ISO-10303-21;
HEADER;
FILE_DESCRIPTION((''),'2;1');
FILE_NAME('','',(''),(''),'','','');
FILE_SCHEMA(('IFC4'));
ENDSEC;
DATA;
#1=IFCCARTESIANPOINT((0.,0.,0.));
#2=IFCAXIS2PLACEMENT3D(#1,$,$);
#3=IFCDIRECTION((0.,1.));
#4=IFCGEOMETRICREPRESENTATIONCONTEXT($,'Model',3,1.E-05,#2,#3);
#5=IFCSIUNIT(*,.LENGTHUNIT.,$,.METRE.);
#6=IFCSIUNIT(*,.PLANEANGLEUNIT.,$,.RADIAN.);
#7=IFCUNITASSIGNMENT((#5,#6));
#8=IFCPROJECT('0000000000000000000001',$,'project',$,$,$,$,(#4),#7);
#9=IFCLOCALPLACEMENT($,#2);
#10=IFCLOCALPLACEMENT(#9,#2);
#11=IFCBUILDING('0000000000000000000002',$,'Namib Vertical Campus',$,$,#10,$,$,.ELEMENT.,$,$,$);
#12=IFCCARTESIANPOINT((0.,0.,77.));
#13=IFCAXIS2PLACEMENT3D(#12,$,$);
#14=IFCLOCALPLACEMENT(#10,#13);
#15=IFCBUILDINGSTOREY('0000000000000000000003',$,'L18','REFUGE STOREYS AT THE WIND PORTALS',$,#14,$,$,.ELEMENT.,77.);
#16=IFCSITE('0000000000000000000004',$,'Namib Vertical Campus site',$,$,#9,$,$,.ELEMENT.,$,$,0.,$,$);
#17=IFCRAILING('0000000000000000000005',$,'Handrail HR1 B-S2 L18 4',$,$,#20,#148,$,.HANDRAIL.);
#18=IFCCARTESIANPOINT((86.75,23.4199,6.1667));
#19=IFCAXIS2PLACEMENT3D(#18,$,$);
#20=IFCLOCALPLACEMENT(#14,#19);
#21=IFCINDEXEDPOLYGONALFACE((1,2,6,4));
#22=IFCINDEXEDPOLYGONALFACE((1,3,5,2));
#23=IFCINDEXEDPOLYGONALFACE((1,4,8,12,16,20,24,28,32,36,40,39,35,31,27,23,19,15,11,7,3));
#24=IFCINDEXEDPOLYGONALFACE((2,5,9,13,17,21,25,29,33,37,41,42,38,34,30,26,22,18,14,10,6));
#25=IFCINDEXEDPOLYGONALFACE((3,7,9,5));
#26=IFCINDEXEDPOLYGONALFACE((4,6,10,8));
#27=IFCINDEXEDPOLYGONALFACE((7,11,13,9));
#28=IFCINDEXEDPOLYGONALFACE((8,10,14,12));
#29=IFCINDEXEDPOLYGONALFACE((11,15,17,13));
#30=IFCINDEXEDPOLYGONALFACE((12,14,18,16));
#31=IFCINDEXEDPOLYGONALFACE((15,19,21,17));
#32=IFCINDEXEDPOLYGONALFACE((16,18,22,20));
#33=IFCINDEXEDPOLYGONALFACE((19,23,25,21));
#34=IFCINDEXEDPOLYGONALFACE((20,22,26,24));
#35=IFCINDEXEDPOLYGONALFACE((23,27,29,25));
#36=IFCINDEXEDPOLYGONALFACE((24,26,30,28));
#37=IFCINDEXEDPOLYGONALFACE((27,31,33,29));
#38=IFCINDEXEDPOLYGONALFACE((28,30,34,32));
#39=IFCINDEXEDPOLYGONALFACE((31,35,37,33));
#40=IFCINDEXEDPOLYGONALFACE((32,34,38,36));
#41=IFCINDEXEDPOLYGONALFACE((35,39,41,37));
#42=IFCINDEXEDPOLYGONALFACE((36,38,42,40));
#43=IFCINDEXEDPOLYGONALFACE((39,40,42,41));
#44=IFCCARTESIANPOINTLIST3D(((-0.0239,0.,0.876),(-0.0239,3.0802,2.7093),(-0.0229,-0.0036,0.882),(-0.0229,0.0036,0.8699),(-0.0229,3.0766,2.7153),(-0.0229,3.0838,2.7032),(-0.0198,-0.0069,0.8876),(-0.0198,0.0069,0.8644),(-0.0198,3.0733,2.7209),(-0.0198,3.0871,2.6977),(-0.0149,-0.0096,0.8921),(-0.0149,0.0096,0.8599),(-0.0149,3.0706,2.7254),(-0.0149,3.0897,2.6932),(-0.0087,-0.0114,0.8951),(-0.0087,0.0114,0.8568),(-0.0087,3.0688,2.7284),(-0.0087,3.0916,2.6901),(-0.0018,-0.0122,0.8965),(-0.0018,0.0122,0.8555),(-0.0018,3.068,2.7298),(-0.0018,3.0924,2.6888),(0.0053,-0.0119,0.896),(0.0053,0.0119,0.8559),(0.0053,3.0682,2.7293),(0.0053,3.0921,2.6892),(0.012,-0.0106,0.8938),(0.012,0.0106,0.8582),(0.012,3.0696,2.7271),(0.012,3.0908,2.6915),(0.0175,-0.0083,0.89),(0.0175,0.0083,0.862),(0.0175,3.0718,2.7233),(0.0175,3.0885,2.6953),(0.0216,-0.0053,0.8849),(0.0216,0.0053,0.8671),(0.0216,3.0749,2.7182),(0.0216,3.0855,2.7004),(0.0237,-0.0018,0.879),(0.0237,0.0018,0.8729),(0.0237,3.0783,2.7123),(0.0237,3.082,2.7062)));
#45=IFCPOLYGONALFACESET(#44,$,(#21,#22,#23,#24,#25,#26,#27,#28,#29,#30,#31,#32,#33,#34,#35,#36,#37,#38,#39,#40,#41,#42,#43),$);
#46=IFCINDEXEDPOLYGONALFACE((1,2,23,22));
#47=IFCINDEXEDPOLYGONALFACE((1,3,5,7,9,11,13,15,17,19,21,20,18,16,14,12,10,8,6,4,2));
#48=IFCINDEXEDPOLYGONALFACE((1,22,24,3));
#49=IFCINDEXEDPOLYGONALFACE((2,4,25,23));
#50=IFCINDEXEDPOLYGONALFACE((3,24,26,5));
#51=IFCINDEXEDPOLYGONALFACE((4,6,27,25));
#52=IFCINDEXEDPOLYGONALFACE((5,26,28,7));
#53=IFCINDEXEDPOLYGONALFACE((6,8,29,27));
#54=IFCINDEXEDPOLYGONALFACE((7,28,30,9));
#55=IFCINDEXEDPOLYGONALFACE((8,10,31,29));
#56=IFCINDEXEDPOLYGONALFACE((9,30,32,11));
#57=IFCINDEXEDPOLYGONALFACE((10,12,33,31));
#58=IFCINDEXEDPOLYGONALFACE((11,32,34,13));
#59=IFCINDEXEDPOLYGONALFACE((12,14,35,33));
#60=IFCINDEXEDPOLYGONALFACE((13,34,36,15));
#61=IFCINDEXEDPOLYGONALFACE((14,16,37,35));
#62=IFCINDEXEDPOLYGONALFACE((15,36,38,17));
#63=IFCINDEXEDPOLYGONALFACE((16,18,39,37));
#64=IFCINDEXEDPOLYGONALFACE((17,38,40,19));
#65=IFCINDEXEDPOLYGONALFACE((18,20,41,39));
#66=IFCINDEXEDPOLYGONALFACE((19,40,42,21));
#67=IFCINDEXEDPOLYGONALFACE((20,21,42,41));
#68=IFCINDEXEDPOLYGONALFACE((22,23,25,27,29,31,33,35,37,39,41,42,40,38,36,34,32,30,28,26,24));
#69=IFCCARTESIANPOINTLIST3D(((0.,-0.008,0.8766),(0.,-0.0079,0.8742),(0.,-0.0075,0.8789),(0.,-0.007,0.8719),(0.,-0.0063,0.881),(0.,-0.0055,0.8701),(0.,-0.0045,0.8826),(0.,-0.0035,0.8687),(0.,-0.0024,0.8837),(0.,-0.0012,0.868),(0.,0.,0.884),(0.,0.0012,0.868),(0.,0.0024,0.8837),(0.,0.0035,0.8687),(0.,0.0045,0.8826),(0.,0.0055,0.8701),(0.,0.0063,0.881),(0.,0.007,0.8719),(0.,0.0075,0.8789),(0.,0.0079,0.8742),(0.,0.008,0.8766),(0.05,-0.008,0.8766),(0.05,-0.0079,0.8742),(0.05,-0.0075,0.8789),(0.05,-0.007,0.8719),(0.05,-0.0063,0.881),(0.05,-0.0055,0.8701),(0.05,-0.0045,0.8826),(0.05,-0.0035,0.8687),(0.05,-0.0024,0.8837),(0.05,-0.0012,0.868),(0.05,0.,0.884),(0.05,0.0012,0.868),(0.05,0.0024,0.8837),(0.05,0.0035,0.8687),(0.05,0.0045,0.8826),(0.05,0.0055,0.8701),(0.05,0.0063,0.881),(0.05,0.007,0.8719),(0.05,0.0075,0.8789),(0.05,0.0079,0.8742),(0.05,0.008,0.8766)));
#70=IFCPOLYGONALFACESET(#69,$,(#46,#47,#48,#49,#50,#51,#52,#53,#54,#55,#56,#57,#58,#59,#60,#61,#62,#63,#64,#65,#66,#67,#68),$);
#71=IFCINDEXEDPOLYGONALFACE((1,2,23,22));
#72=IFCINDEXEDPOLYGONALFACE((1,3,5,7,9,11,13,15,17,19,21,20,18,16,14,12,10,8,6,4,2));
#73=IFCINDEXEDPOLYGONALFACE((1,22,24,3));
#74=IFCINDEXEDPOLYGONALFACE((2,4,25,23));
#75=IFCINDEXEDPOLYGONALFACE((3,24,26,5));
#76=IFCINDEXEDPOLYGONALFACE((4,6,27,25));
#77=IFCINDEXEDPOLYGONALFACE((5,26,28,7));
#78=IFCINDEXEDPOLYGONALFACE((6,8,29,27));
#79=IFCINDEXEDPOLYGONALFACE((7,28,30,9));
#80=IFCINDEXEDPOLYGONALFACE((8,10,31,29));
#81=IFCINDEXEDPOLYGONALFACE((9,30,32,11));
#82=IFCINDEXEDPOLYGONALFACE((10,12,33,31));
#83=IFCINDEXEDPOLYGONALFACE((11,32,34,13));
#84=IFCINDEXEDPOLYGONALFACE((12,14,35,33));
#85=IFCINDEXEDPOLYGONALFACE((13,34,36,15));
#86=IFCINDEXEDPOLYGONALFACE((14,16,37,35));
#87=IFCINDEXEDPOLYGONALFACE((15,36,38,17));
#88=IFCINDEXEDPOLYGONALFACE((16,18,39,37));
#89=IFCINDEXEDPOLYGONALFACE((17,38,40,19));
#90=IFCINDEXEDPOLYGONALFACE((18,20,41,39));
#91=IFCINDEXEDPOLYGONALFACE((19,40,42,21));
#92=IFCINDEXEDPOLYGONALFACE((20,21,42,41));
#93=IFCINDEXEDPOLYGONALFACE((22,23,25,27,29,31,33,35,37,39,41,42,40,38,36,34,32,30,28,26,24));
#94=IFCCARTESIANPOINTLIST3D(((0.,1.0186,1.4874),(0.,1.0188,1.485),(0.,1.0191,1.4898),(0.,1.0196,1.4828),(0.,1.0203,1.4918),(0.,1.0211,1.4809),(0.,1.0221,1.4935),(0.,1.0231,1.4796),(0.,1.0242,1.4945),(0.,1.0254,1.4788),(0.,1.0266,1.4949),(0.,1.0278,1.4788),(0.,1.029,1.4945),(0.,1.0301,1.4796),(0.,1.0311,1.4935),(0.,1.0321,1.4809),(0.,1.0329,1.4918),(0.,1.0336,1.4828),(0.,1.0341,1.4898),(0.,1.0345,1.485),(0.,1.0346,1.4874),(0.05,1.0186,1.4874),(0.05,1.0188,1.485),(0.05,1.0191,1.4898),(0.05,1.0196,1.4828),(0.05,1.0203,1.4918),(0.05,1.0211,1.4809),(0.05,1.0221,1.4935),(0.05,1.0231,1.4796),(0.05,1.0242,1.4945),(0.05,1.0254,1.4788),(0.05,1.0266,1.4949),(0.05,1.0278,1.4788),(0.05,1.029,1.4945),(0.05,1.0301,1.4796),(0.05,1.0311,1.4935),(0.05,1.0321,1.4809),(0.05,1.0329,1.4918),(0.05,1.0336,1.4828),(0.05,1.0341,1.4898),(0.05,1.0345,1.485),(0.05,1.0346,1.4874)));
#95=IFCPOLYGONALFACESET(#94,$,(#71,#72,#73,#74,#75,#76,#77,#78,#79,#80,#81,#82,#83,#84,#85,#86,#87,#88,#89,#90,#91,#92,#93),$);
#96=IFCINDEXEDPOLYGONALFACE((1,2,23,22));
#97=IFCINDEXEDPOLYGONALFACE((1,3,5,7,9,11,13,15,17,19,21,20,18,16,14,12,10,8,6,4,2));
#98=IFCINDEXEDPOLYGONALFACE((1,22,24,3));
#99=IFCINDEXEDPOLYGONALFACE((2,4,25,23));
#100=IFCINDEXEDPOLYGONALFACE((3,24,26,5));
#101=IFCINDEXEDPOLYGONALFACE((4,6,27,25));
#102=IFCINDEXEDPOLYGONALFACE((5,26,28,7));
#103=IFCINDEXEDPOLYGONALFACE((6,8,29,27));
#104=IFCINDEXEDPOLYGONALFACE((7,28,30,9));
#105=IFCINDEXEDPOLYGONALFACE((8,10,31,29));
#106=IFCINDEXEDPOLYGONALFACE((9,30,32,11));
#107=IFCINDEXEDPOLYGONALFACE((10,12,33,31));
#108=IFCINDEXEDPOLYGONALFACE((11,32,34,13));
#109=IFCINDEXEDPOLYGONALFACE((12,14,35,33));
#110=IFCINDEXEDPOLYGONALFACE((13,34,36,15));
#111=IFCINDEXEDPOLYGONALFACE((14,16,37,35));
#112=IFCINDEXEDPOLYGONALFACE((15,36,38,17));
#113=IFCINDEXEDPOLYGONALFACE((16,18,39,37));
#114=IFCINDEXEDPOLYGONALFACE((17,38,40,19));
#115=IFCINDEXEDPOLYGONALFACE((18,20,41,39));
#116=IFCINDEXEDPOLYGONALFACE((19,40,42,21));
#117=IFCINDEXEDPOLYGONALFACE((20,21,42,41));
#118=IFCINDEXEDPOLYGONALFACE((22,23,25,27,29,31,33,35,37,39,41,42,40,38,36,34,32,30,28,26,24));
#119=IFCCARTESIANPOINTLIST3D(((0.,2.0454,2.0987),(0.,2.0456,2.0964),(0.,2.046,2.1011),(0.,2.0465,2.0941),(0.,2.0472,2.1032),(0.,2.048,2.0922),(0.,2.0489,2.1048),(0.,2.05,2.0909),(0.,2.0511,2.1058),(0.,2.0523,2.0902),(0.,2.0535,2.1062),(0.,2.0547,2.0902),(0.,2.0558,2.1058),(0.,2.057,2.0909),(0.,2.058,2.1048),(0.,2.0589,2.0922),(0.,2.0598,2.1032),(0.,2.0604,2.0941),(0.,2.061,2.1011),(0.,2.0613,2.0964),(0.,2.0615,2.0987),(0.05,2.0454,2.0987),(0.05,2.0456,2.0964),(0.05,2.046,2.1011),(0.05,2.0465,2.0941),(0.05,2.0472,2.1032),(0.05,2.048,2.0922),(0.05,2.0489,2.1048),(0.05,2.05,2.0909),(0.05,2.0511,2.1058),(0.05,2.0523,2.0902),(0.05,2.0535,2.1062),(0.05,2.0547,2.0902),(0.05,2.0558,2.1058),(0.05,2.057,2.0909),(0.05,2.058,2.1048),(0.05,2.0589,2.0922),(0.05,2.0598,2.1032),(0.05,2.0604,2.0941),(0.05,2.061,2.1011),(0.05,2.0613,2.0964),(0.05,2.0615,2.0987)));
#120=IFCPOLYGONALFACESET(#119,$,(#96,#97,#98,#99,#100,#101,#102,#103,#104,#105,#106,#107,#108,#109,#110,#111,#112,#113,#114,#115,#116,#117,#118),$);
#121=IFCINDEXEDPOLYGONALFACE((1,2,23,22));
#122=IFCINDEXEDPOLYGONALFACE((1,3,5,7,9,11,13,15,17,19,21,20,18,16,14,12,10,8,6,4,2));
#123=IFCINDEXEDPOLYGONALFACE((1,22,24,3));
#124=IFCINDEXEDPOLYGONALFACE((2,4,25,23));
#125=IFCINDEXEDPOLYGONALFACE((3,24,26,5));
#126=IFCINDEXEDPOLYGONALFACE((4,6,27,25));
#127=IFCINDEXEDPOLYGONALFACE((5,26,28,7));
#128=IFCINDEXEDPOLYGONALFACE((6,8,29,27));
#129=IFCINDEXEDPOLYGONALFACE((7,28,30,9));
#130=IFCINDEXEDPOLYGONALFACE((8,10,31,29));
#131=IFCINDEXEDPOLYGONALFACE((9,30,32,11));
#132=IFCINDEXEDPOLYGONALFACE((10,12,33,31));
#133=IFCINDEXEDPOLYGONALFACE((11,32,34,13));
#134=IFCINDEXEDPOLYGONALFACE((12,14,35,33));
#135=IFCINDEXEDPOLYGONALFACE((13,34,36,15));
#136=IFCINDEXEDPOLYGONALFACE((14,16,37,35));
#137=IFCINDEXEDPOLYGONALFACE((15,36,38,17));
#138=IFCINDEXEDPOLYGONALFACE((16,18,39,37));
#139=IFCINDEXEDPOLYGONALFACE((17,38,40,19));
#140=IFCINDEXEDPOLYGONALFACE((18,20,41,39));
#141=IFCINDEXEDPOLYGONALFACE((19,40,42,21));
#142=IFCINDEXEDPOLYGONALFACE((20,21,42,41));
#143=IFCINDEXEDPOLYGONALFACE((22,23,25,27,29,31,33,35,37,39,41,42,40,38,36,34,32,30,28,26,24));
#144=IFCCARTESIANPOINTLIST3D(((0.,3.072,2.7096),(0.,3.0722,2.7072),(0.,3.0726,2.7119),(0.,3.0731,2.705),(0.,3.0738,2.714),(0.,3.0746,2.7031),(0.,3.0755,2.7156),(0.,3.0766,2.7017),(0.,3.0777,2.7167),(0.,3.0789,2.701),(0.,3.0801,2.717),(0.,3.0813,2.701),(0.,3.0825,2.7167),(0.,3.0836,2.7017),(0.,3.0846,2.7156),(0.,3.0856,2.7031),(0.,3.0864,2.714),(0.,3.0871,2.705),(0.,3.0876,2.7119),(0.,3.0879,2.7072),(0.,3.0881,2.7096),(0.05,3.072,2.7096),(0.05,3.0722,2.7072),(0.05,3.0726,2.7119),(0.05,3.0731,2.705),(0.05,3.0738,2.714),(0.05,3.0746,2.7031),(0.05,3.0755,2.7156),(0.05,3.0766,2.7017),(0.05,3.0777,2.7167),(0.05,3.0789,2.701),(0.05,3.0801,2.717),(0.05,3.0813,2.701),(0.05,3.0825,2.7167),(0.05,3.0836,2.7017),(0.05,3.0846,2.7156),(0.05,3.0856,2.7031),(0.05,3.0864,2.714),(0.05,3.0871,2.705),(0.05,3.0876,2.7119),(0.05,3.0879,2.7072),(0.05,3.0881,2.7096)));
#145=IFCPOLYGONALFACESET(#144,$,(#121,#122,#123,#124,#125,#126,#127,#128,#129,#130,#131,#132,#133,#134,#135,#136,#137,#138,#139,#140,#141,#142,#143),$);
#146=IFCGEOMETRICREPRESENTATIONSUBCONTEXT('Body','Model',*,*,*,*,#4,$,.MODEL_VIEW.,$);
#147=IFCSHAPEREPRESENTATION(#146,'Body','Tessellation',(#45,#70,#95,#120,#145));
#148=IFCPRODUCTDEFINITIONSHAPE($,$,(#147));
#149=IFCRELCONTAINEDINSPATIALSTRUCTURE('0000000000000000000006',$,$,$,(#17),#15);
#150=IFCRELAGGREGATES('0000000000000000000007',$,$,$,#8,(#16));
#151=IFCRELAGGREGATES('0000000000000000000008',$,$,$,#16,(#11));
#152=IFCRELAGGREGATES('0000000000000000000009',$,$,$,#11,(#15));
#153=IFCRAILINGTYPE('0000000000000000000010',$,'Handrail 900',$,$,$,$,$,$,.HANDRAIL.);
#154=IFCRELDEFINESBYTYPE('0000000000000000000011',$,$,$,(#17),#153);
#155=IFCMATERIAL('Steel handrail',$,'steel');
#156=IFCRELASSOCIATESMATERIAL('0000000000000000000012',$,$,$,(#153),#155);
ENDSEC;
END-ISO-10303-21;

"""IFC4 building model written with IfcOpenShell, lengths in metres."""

from ifc_helpers import new_model, si_unit, direction, frame, origin, origin_2d, place, context, subcontext, project, spatial, circle, extrude, material, type_object, element, save


model = new_model("IFC4")

# Units and contexts
model_context = context("Model", 3, precision=1e-05, world=origin(), true_north=direction((0.0, 1.0)))
body_context = subcontext(model_context, "Body", "Model", "MODEL_VIEW")
ifc_project = project(units=[si_unit("LENGTHUNIT", "METRE"), si_unit("PLANEANGLEUNIT", "RADIAN")], contexts=[model_context])

# Site, building, storey
site_placement = place(None, origin())
site = spatial("IfcSite", under=ifc_project, at=site_placement, Name="Namib Vertical Campus site", CompositionType="ELEMENT", RefElevation=0.0)
building_placement = place(site_placement, origin())
building = spatial("IfcBuilding", under=site, at=building_placement, Name="Namib Vertical Campus", CompositionType="ELEMENT")
storey_placement = place(building_placement, frame((0.0, 0.0, 77.0)))
storey = spatial("IfcBuildingStorey", under=building, at=storey_placement, Name="L18", Description="REFUGE STOREYS AT THE WIND PORTALS", CompositionType="ELEMENT", Elevation=77.0)

# Railing
ifc_material_1 = material(Name="Steel handrail", Category="steel")
railing_type = type_object("IfcRailingType", Name="Handrail 900", PredefinedType="HANDRAIL", material=ifc_material_1)
railing_1_placement = place(storey_placement, frame((86.75, 23.4199, 6.1667)))
element("IfcRailing", 1, at=railing_1_placement, inside=storey, type_object=railing_type, Name="Handrail HR1 B-S2 L18 4", PredefinedType="HANDRAIL", context=body_context, shape_type="SweptSolid", body=[
    extrude(circle(Radius=0.0239, at=origin_2d()), frame((0.0, 0.0, 0.876), z_axis=(0.0, 0.859309, 0.511458), x_axis=(-1.0, 0.0, 0.0)), (0.0, 0.0, 1.0), 3.5845),
    extrude(circle(Radius=0.0081, at=origin_2d()), frame((0.0, 0.0, 0.876), z_axis=(1.0, 0.0, 0.0), x_axis=(0.0, 0.0, 1.0)), (0.0, 0.0, 1.0), 0.05),
    extrude(circle(Radius=0.0081, at=origin_2d()), frame((0.0, 1.0266, 1.4868), z_axis=(1.0, 0.0, 0.0), x_axis=(0.0, 0.0, 1.0)), (0.0, 0.0, 1.0), 0.05),
    extrude(circle(Radius=0.0081, at=origin_2d()), frame((0.0, 2.0535, 2.0981), z_axis=(1.0, 0.0, 0.0), x_axis=(0.0, 0.0, 1.0)), (0.0, 0.0, 1.0), 0.05),
    extrude(circle(Radius=0.0081, at=origin_2d()), frame((0.0, 3.0801, 2.709), z_axis=(1.0, 0.0, 0.0), x_axis=(0.0, 0.0, 1.0)), (0.0, 0.0, 1.0), 0.05),
])

save(model, "model.ifc")
